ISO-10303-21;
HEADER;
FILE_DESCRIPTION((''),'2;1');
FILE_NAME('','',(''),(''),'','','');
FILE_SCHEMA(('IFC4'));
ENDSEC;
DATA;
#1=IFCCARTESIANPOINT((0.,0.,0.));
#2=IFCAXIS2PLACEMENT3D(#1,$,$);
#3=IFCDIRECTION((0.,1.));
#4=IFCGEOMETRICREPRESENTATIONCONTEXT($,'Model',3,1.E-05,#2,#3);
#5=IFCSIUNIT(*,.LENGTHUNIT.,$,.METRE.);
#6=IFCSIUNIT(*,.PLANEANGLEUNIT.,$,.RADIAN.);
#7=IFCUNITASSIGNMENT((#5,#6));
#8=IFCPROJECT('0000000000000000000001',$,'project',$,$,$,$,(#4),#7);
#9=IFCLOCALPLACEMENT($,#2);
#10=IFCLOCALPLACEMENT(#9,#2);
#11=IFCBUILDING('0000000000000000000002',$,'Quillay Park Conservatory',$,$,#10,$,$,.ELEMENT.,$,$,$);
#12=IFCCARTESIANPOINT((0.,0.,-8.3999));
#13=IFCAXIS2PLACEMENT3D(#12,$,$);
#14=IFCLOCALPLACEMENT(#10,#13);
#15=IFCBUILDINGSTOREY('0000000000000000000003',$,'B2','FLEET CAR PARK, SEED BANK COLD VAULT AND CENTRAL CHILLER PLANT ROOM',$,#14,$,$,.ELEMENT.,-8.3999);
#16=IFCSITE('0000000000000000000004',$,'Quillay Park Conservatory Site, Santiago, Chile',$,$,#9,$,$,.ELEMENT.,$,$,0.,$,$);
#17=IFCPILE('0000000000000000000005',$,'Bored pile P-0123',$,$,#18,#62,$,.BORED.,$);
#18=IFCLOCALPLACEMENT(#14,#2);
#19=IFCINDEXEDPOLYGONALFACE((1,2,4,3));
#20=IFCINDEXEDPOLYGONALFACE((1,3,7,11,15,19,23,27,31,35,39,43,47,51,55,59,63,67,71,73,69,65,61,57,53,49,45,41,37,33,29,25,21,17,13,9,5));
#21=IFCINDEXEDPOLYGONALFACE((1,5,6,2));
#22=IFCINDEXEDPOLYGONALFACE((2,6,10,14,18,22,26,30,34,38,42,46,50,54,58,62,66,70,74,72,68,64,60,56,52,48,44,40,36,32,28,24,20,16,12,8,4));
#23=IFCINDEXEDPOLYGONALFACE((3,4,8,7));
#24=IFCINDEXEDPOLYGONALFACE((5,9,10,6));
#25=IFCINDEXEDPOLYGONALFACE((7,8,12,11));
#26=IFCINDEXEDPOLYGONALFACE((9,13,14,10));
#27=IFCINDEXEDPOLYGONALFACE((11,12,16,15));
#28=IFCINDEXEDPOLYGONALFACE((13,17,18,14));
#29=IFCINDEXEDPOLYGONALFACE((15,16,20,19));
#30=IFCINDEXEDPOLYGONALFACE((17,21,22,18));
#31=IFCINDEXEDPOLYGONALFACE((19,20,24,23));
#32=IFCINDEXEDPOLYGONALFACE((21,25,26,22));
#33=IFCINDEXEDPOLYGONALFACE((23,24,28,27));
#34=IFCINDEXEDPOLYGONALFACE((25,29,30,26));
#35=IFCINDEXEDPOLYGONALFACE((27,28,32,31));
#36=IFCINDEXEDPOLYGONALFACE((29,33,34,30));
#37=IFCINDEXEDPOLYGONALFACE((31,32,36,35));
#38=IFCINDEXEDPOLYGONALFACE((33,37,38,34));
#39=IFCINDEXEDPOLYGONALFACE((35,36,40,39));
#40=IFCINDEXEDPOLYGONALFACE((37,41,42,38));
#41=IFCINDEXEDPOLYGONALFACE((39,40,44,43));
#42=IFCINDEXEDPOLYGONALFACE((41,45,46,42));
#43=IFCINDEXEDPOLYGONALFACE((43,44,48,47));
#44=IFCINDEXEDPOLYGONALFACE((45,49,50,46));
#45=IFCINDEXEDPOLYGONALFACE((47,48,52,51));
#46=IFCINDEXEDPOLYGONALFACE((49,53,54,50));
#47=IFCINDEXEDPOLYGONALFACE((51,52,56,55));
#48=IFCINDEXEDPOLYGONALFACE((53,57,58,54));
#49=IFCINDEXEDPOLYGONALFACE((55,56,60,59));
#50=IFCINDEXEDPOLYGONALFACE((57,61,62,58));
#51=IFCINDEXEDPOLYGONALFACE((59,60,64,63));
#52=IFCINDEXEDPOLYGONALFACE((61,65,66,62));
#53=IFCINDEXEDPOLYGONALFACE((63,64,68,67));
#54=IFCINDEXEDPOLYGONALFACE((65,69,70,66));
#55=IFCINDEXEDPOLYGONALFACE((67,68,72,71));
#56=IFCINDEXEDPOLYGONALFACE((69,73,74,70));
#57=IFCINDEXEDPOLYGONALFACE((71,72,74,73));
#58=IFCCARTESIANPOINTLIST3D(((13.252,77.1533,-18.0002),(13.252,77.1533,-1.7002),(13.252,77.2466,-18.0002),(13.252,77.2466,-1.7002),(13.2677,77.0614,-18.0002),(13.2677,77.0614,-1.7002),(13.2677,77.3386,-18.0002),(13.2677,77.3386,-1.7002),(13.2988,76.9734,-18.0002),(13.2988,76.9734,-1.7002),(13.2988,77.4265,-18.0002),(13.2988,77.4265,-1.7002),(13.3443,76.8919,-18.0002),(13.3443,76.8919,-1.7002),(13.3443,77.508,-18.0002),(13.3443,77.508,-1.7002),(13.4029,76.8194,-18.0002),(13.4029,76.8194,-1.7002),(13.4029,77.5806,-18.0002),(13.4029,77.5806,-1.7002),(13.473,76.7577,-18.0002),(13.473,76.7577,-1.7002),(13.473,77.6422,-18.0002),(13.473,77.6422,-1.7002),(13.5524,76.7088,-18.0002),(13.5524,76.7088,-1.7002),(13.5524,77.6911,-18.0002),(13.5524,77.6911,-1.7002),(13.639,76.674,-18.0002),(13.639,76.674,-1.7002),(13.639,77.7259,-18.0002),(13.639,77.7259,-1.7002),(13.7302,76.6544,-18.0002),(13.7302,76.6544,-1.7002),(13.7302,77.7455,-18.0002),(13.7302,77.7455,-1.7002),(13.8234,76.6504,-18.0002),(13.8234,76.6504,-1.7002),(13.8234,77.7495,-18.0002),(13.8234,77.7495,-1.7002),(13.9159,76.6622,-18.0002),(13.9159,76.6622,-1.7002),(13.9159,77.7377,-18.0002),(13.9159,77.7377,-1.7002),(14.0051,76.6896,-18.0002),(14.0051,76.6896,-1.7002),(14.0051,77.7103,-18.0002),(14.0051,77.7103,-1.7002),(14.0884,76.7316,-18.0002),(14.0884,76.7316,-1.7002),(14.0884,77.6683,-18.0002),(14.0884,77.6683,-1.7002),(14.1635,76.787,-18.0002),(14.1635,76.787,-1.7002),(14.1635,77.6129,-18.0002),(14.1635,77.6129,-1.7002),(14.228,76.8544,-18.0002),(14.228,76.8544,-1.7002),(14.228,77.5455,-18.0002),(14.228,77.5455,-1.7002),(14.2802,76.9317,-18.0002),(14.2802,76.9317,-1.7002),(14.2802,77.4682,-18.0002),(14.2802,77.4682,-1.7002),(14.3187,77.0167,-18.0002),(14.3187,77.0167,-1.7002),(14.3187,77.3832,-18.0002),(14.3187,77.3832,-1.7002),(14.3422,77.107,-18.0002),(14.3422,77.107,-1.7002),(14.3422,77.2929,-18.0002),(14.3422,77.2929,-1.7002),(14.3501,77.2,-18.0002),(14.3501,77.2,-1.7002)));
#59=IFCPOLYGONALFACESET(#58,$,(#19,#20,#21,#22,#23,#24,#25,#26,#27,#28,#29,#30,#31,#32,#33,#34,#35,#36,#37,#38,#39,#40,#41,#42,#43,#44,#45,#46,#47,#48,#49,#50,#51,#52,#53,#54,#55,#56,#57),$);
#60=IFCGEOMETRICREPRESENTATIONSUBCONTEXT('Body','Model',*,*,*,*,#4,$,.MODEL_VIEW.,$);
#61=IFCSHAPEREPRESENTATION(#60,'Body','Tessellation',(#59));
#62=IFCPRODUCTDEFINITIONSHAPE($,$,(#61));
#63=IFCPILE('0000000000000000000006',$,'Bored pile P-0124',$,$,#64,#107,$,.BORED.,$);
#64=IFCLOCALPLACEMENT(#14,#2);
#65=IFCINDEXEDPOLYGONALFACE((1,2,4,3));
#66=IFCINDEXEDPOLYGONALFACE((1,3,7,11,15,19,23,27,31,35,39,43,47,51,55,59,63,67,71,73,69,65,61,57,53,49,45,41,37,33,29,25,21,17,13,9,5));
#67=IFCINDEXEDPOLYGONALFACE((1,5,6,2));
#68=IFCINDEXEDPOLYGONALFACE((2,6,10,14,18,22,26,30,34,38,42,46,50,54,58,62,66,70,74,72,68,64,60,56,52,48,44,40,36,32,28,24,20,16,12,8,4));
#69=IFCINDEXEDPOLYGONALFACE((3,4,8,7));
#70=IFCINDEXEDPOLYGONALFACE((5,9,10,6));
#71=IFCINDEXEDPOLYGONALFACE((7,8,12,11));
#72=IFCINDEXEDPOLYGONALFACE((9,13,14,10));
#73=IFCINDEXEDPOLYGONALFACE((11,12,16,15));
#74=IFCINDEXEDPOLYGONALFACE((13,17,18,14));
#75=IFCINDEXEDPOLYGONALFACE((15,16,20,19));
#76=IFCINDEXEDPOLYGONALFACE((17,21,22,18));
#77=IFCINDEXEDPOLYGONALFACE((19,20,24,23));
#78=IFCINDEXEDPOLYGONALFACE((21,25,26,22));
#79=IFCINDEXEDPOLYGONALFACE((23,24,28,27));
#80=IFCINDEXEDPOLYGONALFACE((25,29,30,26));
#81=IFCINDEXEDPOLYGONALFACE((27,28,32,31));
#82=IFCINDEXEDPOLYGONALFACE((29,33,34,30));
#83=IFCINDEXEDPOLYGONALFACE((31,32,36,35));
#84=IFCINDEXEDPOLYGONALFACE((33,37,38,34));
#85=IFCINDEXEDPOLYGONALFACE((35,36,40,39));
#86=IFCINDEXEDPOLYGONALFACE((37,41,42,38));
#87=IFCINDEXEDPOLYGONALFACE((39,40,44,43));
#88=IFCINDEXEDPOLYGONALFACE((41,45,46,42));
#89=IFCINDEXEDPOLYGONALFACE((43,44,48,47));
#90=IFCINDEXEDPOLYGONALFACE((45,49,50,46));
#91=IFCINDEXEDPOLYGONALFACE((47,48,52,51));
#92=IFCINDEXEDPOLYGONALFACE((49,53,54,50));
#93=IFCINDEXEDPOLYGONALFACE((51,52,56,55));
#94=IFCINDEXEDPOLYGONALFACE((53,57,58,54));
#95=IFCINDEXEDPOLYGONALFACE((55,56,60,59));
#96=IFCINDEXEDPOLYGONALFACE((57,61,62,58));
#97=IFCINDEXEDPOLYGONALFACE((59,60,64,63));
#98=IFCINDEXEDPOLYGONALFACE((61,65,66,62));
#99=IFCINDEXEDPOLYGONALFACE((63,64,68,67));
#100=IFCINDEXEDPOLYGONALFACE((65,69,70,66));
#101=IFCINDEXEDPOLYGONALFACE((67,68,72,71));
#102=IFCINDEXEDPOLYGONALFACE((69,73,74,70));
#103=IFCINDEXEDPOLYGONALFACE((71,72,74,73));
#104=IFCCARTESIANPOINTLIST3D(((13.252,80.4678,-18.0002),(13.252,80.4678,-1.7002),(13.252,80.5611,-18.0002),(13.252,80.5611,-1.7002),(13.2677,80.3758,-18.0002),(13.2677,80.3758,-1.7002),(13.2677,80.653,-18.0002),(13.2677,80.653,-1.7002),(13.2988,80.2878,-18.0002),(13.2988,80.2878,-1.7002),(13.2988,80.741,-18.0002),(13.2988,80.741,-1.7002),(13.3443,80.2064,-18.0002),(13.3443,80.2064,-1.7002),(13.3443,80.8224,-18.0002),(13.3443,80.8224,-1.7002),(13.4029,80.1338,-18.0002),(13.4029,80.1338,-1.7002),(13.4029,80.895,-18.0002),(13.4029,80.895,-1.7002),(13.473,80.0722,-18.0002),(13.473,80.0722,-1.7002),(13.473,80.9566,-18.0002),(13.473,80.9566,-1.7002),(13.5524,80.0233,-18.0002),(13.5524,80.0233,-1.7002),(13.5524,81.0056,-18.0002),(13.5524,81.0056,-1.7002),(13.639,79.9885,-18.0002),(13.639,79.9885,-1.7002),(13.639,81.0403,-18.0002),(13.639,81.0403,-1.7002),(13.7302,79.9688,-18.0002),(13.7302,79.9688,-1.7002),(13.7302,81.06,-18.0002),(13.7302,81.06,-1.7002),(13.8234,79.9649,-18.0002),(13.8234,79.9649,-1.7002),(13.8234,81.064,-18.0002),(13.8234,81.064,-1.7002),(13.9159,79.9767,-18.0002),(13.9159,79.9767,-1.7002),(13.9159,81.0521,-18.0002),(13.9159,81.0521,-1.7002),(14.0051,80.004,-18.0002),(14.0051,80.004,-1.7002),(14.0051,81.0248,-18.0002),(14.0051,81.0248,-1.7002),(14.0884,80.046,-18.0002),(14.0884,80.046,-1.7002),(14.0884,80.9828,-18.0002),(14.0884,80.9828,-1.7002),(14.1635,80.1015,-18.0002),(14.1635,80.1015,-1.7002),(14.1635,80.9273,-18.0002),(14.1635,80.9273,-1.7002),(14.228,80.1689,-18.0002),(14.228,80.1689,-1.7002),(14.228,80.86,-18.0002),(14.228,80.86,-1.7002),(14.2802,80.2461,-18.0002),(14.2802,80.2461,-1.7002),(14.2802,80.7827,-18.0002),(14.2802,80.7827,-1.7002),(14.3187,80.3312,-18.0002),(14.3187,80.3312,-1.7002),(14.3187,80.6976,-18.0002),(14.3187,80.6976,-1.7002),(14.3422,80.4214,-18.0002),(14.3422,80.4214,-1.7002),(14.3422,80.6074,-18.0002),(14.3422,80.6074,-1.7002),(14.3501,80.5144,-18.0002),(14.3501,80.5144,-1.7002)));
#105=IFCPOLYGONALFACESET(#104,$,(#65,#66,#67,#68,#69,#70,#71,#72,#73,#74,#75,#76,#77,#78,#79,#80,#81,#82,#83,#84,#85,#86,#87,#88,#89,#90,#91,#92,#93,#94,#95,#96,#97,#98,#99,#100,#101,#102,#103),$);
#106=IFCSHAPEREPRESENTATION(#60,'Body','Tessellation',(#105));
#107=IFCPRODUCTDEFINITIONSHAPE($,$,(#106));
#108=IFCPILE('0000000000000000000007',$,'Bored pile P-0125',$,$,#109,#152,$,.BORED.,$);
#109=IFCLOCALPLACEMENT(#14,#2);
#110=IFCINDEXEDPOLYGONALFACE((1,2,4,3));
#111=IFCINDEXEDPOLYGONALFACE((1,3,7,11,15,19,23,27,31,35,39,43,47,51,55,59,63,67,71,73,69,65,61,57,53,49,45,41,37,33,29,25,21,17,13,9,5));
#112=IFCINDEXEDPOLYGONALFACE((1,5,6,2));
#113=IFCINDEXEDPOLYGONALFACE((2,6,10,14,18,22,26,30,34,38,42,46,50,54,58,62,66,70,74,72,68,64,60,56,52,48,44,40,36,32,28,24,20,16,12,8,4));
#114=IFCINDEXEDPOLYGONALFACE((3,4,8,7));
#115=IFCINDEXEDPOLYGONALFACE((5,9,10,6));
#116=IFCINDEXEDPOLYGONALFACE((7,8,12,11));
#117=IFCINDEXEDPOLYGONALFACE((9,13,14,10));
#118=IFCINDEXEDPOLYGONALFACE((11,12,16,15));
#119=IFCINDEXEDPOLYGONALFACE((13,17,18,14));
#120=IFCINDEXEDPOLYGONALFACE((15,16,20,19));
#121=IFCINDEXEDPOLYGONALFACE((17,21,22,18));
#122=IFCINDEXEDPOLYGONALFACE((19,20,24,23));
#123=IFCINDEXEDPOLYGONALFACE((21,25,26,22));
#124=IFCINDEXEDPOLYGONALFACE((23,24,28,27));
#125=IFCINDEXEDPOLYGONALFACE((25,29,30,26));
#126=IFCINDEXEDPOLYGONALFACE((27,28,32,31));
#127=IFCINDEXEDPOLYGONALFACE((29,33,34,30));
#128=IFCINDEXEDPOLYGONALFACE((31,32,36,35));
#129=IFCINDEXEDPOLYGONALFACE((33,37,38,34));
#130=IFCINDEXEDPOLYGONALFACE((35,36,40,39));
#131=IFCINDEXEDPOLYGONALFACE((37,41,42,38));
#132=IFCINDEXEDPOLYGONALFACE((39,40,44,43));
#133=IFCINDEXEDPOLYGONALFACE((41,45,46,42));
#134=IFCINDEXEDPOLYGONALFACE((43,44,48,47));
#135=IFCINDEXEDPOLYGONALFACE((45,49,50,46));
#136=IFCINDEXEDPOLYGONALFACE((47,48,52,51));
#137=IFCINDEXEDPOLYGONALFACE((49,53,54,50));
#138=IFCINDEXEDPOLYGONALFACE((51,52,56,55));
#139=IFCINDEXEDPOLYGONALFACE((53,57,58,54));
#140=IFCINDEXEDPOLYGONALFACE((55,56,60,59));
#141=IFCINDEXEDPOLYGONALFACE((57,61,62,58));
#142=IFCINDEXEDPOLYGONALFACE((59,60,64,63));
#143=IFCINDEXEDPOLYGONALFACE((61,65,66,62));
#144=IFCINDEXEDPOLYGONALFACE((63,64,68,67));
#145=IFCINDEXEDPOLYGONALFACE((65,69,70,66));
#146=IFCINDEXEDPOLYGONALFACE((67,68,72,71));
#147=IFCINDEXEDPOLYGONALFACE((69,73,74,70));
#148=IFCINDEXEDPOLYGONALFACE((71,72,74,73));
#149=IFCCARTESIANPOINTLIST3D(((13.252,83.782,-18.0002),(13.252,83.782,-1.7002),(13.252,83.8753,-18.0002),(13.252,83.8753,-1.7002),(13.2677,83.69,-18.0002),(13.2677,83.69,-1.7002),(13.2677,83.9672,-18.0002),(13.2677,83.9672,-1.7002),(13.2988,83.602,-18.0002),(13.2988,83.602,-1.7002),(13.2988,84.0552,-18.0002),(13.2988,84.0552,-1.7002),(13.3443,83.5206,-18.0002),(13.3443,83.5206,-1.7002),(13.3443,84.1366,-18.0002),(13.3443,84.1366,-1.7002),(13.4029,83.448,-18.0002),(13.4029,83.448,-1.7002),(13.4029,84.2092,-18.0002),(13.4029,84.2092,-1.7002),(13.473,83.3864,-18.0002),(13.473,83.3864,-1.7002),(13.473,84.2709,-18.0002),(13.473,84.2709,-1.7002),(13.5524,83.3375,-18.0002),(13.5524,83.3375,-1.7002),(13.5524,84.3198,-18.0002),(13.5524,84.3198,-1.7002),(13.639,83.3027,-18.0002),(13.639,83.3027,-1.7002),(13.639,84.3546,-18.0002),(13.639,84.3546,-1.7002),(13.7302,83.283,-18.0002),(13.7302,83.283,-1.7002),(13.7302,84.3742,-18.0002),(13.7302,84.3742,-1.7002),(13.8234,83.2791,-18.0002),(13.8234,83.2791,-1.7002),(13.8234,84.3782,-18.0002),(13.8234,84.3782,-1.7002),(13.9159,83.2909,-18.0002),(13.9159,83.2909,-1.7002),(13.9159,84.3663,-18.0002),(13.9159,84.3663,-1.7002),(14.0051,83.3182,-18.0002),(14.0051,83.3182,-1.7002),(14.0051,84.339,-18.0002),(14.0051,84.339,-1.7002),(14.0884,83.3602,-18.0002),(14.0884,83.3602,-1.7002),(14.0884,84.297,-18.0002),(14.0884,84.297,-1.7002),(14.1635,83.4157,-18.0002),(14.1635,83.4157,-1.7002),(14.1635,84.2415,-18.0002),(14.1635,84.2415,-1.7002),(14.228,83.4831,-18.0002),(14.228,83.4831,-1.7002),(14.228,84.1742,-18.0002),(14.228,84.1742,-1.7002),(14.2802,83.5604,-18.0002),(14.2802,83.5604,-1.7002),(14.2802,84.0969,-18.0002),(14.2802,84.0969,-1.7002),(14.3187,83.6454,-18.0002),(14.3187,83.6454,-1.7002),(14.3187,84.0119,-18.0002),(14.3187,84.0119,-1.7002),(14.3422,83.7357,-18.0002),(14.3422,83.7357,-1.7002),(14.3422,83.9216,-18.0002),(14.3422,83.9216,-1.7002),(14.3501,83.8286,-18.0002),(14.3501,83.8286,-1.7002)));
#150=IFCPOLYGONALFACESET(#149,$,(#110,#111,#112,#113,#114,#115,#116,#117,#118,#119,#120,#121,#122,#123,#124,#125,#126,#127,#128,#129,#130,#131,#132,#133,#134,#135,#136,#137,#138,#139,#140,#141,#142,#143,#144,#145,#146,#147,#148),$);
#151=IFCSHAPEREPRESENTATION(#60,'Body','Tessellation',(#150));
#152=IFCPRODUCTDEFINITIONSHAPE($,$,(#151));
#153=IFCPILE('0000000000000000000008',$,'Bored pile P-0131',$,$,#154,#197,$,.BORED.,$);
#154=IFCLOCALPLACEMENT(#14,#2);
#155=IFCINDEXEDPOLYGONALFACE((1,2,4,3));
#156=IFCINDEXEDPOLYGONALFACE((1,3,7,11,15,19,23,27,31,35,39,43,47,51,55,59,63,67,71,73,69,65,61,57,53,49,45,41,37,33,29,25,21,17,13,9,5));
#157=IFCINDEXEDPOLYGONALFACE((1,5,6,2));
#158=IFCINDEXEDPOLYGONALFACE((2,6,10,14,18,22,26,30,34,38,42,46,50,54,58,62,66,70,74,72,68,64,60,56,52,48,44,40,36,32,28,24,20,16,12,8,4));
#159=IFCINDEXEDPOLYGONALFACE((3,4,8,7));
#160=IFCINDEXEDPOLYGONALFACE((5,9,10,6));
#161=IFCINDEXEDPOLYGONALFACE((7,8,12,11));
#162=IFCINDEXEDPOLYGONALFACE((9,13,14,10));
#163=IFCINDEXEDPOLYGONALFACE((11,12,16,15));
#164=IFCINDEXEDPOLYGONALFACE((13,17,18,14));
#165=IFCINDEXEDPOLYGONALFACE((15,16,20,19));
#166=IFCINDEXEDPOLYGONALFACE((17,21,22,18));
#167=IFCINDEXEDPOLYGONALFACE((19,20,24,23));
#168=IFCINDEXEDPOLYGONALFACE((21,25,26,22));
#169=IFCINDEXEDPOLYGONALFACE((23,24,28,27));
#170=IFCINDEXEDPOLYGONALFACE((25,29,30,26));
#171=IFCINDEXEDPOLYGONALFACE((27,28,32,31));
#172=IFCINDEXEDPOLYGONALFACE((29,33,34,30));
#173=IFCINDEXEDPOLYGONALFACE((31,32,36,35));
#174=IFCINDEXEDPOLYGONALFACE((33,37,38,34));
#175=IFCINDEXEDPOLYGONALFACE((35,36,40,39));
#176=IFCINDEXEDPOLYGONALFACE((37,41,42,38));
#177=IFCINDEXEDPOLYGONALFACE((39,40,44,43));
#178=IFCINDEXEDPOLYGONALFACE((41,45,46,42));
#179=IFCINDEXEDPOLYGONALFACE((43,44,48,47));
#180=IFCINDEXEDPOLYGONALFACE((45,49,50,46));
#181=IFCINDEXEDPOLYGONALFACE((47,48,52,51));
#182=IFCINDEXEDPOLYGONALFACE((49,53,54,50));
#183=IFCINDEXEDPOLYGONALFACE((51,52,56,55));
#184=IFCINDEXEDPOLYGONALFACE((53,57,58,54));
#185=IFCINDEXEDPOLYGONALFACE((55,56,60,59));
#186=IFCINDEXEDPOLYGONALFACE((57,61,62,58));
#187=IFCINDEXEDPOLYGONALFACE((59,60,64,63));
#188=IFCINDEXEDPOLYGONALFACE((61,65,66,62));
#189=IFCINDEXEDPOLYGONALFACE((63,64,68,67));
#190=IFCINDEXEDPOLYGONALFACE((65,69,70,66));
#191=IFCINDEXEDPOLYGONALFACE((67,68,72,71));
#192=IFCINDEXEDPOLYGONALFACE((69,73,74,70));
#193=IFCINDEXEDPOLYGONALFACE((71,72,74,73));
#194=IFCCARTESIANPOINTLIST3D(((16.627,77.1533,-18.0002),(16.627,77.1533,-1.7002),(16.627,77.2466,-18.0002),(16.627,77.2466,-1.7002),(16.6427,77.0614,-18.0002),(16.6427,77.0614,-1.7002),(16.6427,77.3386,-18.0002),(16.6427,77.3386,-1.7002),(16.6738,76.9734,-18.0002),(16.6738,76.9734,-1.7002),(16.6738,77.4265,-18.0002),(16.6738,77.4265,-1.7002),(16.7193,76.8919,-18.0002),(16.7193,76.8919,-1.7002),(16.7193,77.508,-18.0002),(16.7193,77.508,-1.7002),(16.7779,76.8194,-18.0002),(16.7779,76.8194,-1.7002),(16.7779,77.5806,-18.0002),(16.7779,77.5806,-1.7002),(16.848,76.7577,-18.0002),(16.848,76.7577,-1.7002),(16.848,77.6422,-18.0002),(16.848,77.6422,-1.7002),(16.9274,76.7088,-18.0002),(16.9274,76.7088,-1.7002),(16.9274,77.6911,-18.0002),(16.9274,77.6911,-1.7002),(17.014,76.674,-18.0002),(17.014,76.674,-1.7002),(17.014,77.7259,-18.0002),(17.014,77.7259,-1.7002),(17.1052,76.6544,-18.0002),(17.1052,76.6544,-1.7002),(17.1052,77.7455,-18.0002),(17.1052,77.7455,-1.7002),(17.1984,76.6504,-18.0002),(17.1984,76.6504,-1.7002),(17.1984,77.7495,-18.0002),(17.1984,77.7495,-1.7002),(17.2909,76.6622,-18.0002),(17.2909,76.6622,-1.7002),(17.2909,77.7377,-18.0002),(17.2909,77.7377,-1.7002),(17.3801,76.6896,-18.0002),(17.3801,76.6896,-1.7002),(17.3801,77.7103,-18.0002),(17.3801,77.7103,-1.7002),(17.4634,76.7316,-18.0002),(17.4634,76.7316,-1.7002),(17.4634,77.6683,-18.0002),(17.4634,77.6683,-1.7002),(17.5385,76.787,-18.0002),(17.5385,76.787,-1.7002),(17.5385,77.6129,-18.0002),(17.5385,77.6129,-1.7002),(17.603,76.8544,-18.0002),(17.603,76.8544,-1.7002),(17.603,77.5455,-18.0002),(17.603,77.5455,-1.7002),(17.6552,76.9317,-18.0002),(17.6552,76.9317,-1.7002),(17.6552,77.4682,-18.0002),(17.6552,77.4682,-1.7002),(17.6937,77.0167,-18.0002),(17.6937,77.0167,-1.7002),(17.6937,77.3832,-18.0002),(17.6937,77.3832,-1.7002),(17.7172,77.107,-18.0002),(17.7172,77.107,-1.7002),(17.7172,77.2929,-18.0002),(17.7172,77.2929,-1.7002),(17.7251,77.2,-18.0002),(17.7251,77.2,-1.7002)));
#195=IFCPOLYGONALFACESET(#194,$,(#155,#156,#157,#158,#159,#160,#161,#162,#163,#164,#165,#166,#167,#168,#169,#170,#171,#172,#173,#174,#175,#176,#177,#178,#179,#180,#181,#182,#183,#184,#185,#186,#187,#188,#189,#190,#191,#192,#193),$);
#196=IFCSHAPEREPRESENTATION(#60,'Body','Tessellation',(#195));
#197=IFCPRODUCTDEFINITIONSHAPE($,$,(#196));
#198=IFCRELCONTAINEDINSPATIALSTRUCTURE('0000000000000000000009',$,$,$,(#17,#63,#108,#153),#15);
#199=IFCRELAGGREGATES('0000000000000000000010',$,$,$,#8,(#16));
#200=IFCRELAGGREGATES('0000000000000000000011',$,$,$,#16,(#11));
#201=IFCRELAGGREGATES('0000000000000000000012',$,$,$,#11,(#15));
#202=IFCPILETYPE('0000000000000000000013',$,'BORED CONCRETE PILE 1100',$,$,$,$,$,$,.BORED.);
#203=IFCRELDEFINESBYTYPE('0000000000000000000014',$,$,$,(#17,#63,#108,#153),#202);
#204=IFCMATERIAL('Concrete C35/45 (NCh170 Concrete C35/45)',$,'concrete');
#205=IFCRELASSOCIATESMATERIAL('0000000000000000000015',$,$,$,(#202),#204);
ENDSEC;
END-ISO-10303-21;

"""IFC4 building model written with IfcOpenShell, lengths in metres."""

from ifc_helpers import new_model, si_unit, direction, frame, origin, origin_2d, place, context, subcontext, project, spatial, circle, extrude, material, material_profile, profile_set, type_object, element, save


model = new_model("IFC4")

# Units and contexts
model_context = context("Model", 3, precision=1e-05, world=origin(), true_north=direction((0.0, 1.0)))
body_context = subcontext(model_context, "Body", "Model", "MODEL_VIEW")
ifc_project = project(units=[si_unit("LENGTHUNIT", "METRE"), si_unit("PLANEANGLEUNIT", "RADIAN")], contexts=[model_context])

# Site, building, storey
site_placement = place(None, origin())
site = spatial("IfcSite", under=ifc_project, at=site_placement, Name="Quillay Park Conservatory Site, Santiago, Chile", CompositionType="ELEMENT", RefElevation=0.0)
building_placement = place(site_placement, origin())
building = spatial("IfcBuilding", under=site, at=building_placement, Name="Quillay Park Conservatory", CompositionType="ELEMENT")
storey_placement = place(building_placement, frame((0.0, 0.0, -8.3999)))
storey = spatial("IfcBuildingStorey", under=building, at=storey_placement, Name="B2", Description="FLEET CAR PARK, SEED BANK COLD VAULT AND CENTRAL CHILLER PLANT ROOM", CompositionType="ELEMENT", Elevation=-8.3999)

# Piles
ifc_material_1 = material(Name="Concrete C35/45 (NCh170 Concrete C35/45)", Category="concrete")
ifc_material_profile_1 = material_profile(ifc_material_1, circle(Radius=0.55, at=origin_2d()), Name="PILE1100")
ifc_profile_set_1 = profile_set([ifc_material_profile_1], Name="Concrete C35/45 (NCh170 Concrete C35/45)")
pile_type = type_object("IfcPileType", Name="BORED CONCRETE PILE 1100", PredefinedType="BORED", material=ifc_profile_set_1)
for number, where, z_axis, x_axis, name in (
    (1, (13.8, 77.2, -1.7002), (0.0, 0.0, -1.0), (1.0, 0.0, 0.0), "Bored pile P-0123"),
    (2, (13.8, 80.5144, -1.7002), (0.0, 0.0, -1.0), (1.0, 0.0, 0.0), "Bored pile P-0124"),
    (3, (13.8, 83.8286, -1.7002), (0.0, 0.0, -1.0), (1.0, 0.0, 0.0), "Bored pile P-0125"),
    (4, (17.175, 77.2, -1.7002), (0.0, 0.0, -1.0), (1.0, 0.0, 0.0), "Bored pile P-0131"),
):
    element("IfcPile", number, at=place(storey_placement, frame(where, z_axis=z_axis, x_axis=x_axis)), inside=storey, type_object=pile_type, Name=name, PredefinedType="BORED", context=body_context, shape_type="SweptSolid", body=[
        extrude(circle(Radius=0.55, at=origin_2d()), origin(), (0.0, 0.0, 1.0), 16.3),
    ])

save(model, "model.ifc")
